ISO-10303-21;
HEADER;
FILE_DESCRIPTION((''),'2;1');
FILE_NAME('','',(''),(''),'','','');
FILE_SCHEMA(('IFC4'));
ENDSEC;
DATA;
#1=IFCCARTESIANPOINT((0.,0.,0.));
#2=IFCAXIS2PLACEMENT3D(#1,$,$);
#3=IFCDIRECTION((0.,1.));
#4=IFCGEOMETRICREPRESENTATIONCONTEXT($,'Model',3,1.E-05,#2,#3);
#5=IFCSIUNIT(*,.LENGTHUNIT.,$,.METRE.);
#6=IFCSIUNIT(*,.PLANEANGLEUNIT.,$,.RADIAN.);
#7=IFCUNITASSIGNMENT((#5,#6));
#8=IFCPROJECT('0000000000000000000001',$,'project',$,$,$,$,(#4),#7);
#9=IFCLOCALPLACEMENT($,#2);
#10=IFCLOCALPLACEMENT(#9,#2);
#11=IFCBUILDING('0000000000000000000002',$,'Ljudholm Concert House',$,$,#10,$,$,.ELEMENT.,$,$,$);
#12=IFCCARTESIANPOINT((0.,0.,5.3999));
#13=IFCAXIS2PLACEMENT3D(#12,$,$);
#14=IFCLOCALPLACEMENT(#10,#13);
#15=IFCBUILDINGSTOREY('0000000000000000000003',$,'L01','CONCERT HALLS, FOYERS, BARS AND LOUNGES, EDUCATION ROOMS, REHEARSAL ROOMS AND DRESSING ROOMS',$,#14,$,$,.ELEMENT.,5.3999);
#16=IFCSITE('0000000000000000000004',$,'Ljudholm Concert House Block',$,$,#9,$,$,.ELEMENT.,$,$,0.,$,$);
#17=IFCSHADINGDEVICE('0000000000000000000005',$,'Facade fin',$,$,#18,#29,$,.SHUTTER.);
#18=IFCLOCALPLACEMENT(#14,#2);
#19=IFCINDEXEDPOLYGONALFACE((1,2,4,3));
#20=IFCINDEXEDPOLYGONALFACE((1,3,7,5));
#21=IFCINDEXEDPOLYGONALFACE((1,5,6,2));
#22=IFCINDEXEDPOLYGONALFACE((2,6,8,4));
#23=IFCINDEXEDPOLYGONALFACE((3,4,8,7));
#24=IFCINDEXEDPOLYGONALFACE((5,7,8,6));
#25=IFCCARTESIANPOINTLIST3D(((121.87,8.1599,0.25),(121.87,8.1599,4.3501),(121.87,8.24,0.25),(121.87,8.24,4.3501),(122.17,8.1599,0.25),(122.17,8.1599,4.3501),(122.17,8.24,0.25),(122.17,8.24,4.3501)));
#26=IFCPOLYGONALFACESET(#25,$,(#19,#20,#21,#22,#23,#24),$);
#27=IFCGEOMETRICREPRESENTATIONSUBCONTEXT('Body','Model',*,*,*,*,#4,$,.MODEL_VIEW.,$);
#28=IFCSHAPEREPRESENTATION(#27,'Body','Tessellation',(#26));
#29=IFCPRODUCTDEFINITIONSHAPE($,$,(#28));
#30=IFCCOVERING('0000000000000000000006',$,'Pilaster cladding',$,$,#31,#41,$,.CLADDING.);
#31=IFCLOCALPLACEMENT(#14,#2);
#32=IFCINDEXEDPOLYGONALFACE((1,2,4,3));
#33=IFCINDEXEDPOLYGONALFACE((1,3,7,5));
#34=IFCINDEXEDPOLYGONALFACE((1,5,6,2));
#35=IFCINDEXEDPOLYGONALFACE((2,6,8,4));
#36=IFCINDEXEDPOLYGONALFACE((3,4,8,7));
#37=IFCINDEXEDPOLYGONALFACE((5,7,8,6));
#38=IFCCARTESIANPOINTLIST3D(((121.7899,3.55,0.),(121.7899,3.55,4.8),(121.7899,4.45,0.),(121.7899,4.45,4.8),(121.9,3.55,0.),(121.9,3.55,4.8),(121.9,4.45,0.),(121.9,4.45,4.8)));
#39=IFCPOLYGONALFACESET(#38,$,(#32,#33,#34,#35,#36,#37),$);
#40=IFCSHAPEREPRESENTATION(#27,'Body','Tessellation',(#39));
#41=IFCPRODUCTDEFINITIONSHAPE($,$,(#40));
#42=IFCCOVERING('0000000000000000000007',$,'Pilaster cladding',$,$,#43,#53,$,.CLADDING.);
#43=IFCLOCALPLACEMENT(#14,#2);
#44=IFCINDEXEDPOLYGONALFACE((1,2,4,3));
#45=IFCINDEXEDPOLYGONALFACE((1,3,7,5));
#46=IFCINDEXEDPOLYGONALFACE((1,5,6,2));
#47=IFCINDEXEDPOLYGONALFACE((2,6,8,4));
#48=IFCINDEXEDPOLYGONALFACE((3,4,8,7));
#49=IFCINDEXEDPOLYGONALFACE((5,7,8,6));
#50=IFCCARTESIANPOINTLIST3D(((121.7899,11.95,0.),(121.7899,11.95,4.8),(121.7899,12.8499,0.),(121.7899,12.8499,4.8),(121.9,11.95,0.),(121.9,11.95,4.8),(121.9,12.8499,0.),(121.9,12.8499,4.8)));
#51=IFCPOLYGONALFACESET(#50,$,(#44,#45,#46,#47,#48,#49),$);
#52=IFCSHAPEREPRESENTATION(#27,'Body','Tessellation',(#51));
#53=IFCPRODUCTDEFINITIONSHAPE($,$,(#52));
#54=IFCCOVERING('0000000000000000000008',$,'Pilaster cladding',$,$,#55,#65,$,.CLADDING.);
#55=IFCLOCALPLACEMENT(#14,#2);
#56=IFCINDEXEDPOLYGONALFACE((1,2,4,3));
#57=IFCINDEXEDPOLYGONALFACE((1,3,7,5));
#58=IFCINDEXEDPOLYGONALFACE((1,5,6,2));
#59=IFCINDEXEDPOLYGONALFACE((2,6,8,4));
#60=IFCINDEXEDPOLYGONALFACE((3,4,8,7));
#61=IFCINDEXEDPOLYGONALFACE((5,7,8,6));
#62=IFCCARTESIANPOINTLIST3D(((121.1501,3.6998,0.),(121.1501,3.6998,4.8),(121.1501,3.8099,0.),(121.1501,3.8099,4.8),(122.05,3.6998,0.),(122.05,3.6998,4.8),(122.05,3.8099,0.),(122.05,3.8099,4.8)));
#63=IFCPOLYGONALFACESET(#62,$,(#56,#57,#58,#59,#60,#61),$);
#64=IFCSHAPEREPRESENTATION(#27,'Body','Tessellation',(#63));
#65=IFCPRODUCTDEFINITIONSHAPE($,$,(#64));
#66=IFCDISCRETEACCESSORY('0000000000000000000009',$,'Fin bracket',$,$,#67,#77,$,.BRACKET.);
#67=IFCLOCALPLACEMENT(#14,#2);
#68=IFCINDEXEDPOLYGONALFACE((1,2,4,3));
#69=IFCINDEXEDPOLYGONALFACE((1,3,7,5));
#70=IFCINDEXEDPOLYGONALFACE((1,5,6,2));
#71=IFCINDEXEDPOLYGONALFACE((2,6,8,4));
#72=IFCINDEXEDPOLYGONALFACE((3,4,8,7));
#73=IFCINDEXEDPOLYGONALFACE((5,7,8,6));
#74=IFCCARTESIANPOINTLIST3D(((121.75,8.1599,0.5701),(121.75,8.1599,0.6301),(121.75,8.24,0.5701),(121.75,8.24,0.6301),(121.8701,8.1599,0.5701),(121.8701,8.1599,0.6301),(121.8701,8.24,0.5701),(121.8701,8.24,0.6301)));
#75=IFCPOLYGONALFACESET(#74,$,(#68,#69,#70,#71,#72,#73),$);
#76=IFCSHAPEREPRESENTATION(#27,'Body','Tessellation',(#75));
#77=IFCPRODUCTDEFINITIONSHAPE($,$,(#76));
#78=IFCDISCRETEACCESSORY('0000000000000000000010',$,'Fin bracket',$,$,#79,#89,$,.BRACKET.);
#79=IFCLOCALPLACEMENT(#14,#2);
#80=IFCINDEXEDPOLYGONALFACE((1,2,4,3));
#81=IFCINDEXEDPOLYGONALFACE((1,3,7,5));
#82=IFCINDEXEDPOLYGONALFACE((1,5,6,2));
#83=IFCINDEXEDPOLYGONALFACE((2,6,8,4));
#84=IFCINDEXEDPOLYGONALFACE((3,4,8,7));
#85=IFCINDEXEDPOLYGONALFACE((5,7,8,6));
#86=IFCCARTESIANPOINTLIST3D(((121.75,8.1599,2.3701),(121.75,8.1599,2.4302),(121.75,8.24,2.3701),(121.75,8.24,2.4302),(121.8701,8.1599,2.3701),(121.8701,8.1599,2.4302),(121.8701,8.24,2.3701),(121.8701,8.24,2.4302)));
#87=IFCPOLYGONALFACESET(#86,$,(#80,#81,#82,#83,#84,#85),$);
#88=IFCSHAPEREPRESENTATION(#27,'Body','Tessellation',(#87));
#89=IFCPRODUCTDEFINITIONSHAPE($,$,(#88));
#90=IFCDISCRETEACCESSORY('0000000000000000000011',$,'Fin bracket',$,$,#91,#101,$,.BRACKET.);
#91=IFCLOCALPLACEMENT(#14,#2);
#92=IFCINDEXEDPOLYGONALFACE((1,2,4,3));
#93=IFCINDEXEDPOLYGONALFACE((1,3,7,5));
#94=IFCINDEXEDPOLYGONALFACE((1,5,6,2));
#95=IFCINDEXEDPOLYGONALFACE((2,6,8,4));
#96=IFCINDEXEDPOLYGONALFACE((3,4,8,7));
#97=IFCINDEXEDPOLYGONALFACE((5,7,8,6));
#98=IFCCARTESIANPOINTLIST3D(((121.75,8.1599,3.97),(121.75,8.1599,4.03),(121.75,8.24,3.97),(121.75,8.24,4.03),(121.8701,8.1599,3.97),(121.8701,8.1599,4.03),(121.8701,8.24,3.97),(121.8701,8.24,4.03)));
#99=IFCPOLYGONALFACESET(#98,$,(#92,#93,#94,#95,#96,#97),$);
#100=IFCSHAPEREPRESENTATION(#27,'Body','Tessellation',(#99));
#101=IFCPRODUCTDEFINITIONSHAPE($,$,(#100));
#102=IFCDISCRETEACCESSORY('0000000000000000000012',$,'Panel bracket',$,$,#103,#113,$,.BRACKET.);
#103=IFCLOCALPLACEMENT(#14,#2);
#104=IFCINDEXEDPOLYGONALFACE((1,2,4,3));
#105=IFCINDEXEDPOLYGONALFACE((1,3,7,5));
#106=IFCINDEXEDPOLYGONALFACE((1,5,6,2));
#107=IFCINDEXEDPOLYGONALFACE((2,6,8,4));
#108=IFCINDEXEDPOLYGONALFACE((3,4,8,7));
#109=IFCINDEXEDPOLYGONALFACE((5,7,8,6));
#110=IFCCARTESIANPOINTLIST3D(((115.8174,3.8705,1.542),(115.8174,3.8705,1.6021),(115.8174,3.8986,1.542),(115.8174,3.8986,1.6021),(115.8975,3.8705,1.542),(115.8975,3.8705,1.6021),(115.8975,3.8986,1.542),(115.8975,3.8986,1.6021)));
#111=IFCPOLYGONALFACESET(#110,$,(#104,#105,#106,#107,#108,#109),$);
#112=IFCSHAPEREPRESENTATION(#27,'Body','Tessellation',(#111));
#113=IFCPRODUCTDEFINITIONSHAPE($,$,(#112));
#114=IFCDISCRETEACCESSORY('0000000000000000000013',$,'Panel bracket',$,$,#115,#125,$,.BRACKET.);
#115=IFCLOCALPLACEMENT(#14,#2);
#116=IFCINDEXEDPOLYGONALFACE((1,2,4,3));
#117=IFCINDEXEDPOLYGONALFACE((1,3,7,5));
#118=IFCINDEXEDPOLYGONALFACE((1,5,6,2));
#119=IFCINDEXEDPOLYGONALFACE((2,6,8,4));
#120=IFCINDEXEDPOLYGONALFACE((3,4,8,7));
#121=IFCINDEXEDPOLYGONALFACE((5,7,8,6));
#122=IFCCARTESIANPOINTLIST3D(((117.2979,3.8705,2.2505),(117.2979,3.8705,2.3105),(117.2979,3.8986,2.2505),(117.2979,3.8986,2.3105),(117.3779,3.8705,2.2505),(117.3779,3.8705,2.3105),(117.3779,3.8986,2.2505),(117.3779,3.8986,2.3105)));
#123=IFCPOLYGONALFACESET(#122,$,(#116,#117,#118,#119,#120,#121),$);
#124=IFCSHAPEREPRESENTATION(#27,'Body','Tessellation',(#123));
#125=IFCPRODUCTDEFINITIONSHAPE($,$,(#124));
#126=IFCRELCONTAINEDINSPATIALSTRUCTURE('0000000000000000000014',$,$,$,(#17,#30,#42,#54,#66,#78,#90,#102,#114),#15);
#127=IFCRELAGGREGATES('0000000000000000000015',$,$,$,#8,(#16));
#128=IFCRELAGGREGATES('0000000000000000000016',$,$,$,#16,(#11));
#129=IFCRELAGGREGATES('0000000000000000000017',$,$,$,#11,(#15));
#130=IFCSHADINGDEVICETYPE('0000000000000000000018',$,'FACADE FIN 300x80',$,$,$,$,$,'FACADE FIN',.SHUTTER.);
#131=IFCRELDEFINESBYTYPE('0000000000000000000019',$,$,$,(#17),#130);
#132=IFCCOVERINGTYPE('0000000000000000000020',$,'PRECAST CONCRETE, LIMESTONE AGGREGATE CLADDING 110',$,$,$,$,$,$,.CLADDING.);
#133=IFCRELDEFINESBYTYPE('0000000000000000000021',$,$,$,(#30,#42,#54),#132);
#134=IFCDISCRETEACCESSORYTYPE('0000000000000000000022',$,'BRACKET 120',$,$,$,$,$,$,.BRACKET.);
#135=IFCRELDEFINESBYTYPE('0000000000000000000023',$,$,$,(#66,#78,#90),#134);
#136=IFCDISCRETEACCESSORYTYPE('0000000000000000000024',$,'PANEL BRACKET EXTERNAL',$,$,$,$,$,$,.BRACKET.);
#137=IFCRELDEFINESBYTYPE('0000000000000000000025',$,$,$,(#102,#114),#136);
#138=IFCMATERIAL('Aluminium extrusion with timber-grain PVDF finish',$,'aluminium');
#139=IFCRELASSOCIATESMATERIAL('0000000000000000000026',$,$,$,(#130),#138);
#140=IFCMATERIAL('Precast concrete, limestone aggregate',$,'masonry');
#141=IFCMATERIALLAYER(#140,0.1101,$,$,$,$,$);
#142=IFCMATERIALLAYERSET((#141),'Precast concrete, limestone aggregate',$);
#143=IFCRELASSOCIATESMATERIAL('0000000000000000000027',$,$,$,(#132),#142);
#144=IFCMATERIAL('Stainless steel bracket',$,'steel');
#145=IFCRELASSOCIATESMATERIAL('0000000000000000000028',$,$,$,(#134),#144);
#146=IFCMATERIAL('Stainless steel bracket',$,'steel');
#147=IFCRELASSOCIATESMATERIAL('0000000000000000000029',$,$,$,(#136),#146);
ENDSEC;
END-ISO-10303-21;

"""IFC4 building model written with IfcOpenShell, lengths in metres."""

from ifc_helpers import new_model, si_unit, direction, frame, origin, origin_2d, place, context, subcontext, project, spatial, rectangle, extrude, material, layer, layer_set, type_object, element, save


model = new_model("IFC4")

# Units and contexts
model_context = context("Model", 3, precision=1e-05, world=origin(), true_north=direction((0.0, 1.0)))
body_context = subcontext(model_context, "Body", "Model", "MODEL_VIEW")
ifc_project = project(units=[si_unit("LENGTHUNIT", "METRE"), si_unit("PLANEANGLEUNIT", "RADIAN")], contexts=[model_context])

# Site, building, storey
site_placement = place(None, origin())
site = spatial("IfcSite", under=ifc_project, at=site_placement, Name="Ljudholm Concert House Block", CompositionType="ELEMENT", RefElevation=0.0)
building_placement = place(site_placement, origin())
building = spatial("IfcBuilding", under=site, at=building_placement, Name="Ljudholm Concert House", CompositionType="ELEMENT")
storey_placement = place(building_placement, frame((0.0, 0.0, 5.3999)))
storey = spatial("IfcBuildingStorey", under=building, at=storey_placement, Name="L01", Description="CONCERT HALLS, FOYERS, BARS AND LOUNGES, EDUCATION ROOMS, REHEARSAL ROOMS AND DRESSING ROOMS", CompositionType="ELEMENT", Elevation=5.3999)

# Shading device
ifc_material_1 = material(Name="Aluminium extrusion with timber-grain PVDF finish", Category="aluminium")
shading_device_type = type_object("IfcShadingDeviceType", Name="FACADE FIN 300x80", ElementType="FACADE FIN", PredefinedType="SHUTTER", material=ifc_material_1)
shading_device_placement = place(storey_placement, frame((122.02, 8.2, 0.25), z_axis=(0.0, 0.0, 1.0), x_axis=(1.0, 0.0, 0.0)))
element("IfcShadingDevice", 1, at=shading_device_placement, inside=storey, type_object=shading_device_type, Name="Facade fin", PredefinedType="SHUTTER", context=body_context, shape_type="SweptSolid", body=[
    extrude(rectangle(XDim=0.3, YDim=0.0801, at=origin_2d()), origin(), (0.0, 0.0, 1.0), 4.1001),
])

# Coverings
ifc_material_2 = material(Name="Precast concrete, limestone aggregate", Category="masonry")
ifc_layer_1 = layer(ifc_material_2, 0.1101)
ifc_layer_set_1 = layer_set([ifc_layer_1], Name="Precast concrete, limestone aggregate")
covering_type = type_object("IfcCoveringType", Name="PRECAST CONCRETE, LIMESTONE AGGREGATE CLADDING 110", PredefinedType="CLADDING", material=ifc_layer_set_1)
for number, where, z_axis, x_axis, name in (
    (2, (121.845, 4.0, 0.0), (0.0, 0.0, 1.0), (1.0, 0.0, 0.0), "Pilaster cladding"),
    (3, (121.845, 12.3999, 0.0), (0.0, 0.0, 1.0), (1.0, 0.0, 0.0), "Pilaster cladding"),
    (4, (121.6001, 3.7549, 0.0), (0.0, 0.0, 1.0), (0.0, -1.0, 0.0), "Pilaster cladding"),
):
    element("IfcCovering", number, at=place(storey_placement, frame(where, z_axis=z_axis, x_axis=x_axis)), inside=storey, type_object=covering_type, Name=name, PredefinedType="CLADDING", context=body_context, shape_type="SweptSolid", body=[
        extrude(rectangle(XDim=0.1101, YDim=0.8999, at=origin_2d()), origin(), (0.0, 0.0, 1.0), 4.8),
    ])

# Discrete accessories
ifc_material_3 = material(Name="Stainless steel bracket", Category="steel")
discrete_accessory_type_1 = type_object("IfcDiscreteAccessoryType", Name="BRACKET 120", PredefinedType="BRACKET", material=ifc_material_3)
for number, where, z_axis, x_axis, name in (
    (5, (121.8101, 8.2, 0.5701), (0.0, 0.0, 1.0), (1.0, 0.0, 0.0), "Fin bracket"),
    (6, (121.8101, 8.2, 2.3701), (0.0, 0.0, 1.0), (1.0, 0.0, 0.0), "Fin bracket"),
    (7, (121.8101, 8.2, 3.97), (0.0, 0.0, 1.0), (1.0, 0.0, 0.0), "Fin bracket"),
):
    element("IfcDiscreteAccessory", number, at=place(storey_placement, frame(where, z_axis=z_axis, x_axis=x_axis)), inside=storey, type_object=discrete_accessory_type_1, Name=name, PredefinedType="BRACKET", context=body_context, shape_type="SweptSolid", body=[
        extrude(rectangle(XDim=0.1201, YDim=0.0801, at=origin_2d()), origin(), (0.0, 0.0, 1.0), 0.0601),
    ])
ifc_material_4 = material(Name="Stainless steel bracket", Category="steel")
discrete_accessory_type_2 = type_object("IfcDiscreteAccessoryType", Name="PANEL BRACKET EXTERNAL", PredefinedType="BRACKET", material=ifc_material_4)
for number, where, z_axis, x_axis, name in (
    (8, (115.8574, 3.8845, 1.542), (0.0, 0.0, 1.0), (0.0, -1.0, 0.0), "Panel bracket"),
    (9, (117.3379, 3.8845, 2.2505), (0.0, 0.0, 1.0), (0.0, -1.0, 0.0), "Panel bracket"),
):
    element("IfcDiscreteAccessory", number, at=place(storey_placement, frame(where, z_axis=z_axis, x_axis=x_axis)), inside=storey, type_object=discrete_accessory_type_2, Name=name, PredefinedType="BRACKET", context=body_context, shape_type="SweptSolid", body=[
        extrude(rectangle(XDim=0.0281, YDim=0.0801, at=origin_2d()), origin(), (0.0, 0.0, 1.0), 0.0601),
    ])

save(model, "model.ifc")
